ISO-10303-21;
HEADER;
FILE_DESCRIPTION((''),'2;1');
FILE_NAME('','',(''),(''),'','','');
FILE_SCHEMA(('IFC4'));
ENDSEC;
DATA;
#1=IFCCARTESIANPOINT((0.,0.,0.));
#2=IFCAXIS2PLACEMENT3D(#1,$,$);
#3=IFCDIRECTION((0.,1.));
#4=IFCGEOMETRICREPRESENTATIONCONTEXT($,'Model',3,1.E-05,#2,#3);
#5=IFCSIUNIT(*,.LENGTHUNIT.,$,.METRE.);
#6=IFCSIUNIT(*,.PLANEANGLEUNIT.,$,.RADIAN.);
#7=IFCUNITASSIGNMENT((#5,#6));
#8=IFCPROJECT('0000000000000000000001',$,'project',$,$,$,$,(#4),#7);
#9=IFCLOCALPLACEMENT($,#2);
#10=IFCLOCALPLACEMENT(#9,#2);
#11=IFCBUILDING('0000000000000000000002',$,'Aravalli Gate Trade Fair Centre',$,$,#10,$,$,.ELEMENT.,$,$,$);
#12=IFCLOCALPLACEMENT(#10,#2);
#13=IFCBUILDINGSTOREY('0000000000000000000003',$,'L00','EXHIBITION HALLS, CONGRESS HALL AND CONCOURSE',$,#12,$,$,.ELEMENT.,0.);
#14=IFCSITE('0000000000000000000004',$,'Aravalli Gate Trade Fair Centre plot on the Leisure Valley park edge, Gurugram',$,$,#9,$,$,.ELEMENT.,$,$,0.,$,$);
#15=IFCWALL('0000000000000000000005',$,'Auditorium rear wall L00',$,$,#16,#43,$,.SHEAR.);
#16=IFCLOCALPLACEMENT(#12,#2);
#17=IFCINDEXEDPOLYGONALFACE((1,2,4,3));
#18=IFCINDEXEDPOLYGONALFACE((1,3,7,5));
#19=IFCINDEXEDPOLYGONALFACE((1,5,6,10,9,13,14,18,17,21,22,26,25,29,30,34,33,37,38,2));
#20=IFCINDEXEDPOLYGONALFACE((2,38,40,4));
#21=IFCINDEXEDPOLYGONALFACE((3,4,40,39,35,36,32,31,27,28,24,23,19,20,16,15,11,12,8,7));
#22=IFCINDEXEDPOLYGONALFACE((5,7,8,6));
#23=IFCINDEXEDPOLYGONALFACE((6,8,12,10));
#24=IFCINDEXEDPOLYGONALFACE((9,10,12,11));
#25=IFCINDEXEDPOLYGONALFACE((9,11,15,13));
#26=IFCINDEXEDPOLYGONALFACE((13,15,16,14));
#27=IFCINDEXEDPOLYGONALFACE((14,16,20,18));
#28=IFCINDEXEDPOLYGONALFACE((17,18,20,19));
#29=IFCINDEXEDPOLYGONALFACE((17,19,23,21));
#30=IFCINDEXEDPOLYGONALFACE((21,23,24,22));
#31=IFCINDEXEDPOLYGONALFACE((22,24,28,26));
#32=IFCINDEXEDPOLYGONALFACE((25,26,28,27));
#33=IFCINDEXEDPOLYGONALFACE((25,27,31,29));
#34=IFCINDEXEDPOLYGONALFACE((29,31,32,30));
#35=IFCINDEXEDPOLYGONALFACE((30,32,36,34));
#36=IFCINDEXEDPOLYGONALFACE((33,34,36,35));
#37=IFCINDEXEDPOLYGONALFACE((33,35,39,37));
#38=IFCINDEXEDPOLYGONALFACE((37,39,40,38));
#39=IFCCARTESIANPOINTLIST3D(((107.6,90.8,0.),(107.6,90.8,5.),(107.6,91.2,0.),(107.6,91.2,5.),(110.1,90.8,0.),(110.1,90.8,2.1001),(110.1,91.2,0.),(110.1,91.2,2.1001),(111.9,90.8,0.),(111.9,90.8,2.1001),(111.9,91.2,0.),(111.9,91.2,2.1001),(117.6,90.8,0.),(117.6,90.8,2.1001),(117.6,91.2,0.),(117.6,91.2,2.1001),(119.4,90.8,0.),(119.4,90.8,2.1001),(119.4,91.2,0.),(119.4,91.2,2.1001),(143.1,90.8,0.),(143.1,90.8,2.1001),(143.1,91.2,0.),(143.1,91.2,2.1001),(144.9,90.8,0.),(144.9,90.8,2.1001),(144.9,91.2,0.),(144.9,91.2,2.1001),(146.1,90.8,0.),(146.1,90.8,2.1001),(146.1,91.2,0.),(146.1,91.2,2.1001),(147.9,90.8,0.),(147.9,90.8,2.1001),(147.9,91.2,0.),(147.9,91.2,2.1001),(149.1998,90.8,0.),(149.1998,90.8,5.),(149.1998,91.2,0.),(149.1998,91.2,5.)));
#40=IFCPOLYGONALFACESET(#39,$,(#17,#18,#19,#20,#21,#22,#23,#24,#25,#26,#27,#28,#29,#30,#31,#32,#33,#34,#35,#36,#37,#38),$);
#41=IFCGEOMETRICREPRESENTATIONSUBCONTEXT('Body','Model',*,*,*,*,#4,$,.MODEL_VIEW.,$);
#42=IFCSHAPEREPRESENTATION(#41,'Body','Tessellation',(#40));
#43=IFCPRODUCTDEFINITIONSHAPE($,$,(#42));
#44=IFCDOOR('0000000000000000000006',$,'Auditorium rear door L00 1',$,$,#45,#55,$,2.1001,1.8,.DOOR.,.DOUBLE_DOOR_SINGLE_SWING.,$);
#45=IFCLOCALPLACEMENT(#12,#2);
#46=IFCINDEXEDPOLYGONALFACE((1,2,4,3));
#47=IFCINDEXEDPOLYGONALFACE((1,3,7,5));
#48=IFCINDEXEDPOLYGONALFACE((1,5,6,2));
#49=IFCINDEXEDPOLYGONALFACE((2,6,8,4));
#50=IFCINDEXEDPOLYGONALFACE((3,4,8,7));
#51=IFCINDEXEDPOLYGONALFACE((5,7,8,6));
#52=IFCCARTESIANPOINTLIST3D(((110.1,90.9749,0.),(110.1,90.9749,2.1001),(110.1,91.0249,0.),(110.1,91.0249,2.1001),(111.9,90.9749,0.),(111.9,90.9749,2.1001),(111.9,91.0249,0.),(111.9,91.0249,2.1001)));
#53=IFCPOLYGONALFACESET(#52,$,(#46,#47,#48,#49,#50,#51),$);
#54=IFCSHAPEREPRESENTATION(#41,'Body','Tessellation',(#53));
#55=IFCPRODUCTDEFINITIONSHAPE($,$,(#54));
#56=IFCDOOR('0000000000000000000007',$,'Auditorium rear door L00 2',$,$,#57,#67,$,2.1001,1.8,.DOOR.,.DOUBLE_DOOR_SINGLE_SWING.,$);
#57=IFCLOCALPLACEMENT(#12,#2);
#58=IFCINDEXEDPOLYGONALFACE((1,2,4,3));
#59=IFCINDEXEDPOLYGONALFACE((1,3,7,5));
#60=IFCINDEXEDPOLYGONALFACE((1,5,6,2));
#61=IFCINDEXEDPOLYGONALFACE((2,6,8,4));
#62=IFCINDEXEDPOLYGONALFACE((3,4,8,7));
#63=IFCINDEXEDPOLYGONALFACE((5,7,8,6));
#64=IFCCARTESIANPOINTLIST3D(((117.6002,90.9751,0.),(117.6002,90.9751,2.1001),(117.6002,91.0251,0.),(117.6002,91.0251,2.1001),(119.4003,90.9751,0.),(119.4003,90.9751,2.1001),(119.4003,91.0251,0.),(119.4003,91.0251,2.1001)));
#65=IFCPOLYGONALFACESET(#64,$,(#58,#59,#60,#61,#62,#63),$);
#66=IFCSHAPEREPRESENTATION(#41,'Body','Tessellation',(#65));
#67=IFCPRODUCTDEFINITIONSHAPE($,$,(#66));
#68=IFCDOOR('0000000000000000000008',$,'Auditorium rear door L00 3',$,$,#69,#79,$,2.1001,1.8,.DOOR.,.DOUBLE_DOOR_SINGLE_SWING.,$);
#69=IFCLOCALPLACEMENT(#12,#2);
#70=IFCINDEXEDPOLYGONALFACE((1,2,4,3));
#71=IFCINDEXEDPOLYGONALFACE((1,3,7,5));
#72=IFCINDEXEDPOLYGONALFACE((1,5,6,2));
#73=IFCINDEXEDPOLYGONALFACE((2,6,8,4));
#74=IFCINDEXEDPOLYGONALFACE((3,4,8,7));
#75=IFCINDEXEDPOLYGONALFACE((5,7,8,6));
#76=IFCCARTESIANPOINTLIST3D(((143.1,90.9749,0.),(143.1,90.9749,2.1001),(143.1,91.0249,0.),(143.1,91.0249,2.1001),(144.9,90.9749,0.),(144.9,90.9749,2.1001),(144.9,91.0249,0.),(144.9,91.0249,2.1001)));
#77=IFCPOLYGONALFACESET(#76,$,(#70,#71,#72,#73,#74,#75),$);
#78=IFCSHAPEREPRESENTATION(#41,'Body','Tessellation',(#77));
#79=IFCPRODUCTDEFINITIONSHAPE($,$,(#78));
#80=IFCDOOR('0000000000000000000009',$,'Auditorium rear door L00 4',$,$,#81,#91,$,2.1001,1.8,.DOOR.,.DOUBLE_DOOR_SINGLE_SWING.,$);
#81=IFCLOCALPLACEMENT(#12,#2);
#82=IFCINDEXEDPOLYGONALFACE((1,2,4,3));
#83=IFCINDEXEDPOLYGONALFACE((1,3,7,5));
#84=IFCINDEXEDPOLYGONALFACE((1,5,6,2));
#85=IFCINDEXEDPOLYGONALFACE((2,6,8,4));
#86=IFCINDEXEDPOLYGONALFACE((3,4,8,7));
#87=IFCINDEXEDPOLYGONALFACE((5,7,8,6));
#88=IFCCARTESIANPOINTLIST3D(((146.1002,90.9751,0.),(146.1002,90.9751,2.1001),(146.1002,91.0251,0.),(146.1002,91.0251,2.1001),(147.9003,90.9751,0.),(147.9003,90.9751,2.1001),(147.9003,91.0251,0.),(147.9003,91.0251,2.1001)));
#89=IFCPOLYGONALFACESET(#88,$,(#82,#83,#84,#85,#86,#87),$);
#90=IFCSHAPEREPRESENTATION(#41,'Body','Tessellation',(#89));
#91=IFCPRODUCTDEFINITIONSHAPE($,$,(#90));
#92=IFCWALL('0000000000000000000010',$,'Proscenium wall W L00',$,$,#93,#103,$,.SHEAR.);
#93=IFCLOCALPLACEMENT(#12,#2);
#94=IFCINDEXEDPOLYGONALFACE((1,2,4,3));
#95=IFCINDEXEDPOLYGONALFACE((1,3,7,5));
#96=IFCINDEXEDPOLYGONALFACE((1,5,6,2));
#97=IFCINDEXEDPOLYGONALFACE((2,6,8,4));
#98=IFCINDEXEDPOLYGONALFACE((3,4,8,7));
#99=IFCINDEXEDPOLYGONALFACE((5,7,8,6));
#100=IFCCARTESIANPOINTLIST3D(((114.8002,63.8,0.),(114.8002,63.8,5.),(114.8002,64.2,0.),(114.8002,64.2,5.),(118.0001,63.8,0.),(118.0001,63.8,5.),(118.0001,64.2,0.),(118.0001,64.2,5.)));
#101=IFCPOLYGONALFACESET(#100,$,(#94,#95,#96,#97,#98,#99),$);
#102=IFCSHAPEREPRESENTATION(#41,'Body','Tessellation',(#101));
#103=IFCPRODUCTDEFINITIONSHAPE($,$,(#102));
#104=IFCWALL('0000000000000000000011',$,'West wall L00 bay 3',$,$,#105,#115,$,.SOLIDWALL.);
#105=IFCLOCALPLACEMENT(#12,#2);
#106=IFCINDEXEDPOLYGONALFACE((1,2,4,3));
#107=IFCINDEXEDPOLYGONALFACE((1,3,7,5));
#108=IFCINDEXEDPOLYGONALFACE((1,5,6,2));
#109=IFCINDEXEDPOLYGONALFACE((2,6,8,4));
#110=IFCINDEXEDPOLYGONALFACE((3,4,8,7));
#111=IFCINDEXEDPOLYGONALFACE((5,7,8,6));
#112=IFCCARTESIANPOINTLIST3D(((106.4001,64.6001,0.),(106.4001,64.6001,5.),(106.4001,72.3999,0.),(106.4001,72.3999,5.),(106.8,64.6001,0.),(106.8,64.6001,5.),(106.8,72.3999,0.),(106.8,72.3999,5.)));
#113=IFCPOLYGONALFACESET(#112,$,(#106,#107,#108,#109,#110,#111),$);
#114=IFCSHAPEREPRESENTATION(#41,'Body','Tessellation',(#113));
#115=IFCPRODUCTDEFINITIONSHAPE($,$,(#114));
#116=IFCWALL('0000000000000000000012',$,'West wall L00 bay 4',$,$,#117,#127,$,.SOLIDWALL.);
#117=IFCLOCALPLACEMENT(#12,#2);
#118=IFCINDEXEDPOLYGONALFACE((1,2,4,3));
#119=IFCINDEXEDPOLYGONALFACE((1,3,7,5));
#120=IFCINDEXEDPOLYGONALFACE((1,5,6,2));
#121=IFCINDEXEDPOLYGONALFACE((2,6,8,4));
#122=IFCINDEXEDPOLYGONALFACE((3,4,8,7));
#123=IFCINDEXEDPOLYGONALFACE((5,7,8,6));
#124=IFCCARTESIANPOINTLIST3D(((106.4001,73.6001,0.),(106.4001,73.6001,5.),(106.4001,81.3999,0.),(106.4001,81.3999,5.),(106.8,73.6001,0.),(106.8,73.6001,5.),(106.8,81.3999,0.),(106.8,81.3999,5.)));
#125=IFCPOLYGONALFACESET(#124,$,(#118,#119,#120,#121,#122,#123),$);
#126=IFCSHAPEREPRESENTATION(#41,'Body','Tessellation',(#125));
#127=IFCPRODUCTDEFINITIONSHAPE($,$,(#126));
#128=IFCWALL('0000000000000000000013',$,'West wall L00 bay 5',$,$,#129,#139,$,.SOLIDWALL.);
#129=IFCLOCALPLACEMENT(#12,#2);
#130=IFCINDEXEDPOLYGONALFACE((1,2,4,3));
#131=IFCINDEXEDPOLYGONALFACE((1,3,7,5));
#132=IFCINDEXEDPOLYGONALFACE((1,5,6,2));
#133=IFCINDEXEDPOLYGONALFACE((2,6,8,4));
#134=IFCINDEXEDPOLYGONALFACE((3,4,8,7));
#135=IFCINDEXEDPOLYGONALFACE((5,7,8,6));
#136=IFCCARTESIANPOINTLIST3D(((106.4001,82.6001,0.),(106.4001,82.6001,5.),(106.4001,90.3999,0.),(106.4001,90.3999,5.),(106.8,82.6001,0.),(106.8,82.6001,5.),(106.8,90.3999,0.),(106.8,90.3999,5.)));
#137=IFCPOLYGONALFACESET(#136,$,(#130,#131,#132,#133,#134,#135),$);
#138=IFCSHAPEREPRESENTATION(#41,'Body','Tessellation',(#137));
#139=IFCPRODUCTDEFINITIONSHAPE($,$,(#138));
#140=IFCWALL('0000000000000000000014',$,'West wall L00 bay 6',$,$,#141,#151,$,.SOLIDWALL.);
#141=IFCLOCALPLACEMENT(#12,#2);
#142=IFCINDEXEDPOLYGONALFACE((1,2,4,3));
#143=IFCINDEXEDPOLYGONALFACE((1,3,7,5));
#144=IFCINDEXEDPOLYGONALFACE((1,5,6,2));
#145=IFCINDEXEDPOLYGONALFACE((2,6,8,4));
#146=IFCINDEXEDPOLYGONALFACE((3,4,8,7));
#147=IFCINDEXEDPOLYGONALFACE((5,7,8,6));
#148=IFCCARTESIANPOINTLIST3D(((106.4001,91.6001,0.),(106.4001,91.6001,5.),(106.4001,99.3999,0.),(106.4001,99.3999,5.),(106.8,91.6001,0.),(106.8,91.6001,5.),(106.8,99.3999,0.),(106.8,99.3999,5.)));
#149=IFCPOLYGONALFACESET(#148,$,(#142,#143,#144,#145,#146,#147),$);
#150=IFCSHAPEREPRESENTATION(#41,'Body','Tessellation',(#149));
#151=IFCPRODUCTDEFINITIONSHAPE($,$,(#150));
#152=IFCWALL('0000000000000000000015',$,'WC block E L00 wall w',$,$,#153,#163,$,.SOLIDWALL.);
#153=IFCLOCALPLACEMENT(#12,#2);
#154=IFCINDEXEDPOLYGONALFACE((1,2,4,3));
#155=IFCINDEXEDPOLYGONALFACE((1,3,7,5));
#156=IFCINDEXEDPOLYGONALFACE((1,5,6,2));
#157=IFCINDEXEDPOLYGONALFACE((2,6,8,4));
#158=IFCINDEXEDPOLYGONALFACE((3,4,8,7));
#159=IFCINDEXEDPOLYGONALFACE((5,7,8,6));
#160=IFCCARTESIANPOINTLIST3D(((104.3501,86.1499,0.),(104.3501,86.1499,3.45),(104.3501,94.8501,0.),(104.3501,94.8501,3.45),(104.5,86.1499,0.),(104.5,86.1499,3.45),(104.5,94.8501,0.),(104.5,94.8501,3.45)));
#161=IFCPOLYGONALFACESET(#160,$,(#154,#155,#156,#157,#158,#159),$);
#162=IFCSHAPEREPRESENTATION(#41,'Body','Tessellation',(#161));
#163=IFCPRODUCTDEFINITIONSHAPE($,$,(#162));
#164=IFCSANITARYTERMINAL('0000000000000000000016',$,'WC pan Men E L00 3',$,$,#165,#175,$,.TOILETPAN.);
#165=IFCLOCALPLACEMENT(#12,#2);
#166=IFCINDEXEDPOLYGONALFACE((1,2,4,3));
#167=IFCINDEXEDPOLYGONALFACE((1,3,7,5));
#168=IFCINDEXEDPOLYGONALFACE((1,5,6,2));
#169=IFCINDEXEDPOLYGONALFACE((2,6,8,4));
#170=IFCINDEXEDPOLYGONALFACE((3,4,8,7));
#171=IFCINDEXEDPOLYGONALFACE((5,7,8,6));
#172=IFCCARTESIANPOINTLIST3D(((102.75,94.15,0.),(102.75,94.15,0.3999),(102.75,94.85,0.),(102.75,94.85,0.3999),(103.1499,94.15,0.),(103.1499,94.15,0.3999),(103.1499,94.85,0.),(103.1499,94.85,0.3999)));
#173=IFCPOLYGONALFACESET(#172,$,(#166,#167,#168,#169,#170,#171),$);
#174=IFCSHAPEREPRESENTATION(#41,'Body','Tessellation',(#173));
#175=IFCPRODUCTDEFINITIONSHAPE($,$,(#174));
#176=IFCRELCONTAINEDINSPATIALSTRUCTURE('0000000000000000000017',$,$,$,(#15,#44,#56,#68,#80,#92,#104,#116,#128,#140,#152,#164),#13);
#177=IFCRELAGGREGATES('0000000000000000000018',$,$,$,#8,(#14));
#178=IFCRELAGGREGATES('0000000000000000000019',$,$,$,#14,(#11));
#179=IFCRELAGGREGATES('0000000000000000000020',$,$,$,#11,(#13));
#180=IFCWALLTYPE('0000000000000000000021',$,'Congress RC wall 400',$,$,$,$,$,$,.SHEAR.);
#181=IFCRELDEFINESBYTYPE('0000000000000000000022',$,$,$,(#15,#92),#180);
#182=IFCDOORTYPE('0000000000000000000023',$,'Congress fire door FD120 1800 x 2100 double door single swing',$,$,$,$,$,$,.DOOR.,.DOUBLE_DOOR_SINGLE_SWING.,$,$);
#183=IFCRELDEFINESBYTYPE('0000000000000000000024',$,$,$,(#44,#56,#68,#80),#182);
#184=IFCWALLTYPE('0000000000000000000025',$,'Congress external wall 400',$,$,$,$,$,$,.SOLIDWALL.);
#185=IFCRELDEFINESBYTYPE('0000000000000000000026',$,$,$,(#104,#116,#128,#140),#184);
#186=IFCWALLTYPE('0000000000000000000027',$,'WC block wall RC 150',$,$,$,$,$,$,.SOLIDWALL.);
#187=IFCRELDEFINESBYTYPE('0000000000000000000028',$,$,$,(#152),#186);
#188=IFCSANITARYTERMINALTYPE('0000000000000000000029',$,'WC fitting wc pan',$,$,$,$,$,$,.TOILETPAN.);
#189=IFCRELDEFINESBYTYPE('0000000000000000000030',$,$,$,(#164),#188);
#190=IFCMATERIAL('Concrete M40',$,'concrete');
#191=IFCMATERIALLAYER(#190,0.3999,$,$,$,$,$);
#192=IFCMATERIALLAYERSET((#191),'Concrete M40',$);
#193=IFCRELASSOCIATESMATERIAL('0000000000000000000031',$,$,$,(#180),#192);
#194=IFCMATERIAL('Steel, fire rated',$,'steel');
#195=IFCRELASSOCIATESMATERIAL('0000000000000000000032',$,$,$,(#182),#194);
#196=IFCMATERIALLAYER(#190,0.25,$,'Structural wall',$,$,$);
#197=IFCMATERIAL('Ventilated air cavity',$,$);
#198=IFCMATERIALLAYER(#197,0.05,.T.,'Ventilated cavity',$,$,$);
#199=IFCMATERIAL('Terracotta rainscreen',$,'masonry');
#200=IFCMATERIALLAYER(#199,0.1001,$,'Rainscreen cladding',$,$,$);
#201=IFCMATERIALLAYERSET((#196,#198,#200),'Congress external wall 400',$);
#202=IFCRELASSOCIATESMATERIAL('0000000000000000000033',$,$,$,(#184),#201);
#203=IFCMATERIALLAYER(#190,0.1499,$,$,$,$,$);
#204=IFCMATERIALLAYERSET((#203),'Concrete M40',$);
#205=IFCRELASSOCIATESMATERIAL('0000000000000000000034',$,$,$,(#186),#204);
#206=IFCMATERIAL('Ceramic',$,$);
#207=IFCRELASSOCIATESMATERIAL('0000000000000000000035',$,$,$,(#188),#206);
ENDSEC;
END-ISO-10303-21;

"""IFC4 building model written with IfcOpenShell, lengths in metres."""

from ifc_helpers import new_model, si_unit, direction, frame, frame_2d, origin, origin_2d, place, context, subcontext, project, spatial, rectangle, extrude, material, layer, layer_set, type_object, element, fill, save


model = new_model("IFC4")

# Units and contexts
model_context = context("Model", 3, precision=1e-05, world=origin(), true_north=direction((0.0, 1.0)))
body_context = subcontext(model_context, "Body", "Model", "MODEL_VIEW")
ifc_project = project(units=[si_unit("LENGTHUNIT", "METRE"), si_unit("PLANEANGLEUNIT", "RADIAN")], contexts=[model_context])

# Site, building, storey
site_placement = place(None, origin())
site = spatial("IfcSite", under=ifc_project, at=site_placement, Name="Aravalli Gate Trade Fair Centre plot on the Leisure Valley park edge, Gurugram", CompositionType="ELEMENT", RefElevation=0.0)
building_placement = place(site_placement, origin())
building = spatial("IfcBuilding", under=site, at=building_placement, Name="Aravalli Gate Trade Fair Centre", CompositionType="ELEMENT")
storey_placement = place(building_placement, origin())
storey = spatial("IfcBuildingStorey", under=building, at=storey_placement, Name="L00", Description="EXHIBITION HALLS, CONGRESS HALL AND CONCOURSE", CompositionType="ELEMENT", Elevation=0.0)

# Shared definitions
ifc_material_1 = material(Name="Concrete M40", Category="concrete")

# Wall, openings, doors
ifc_layer_1 = layer(ifc_material_1, 0.3999)
ifc_layer_set_1 = layer_set([ifc_layer_1], Name="Concrete M40")
wall_type_1 = type_object("IfcWallType", Name="Congress RC wall 400", PredefinedType="SHEAR", material=ifc_layer_set_1)
wall_1_placement = place(storey_placement, frame((107.6001, 91.0, 0.0), z_axis=(0.0, 0.0, 1.0), x_axis=(1.0, 0.0, 0.0)))
wall_1 = element("IfcWall", 1, at=wall_1_placement, inside=storey, type_object=wall_type_1, Name="Auditorium rear wall L00", PredefinedType="SHEAR", context=body_context, shape_type="SweptSolid", body=[
    extrude(rectangle(XDim=41.5999, YDim=0.3999, at=frame_2d((20.7998, 0.0))), origin(), (0.0, 0.0, 1.0), 5.0),
])
opening_1_placement = place(wall_1_placement, frame((2.5, 0.0, 0.0)))
opening_1 = element("IfcOpeningElement", 2, at=opening_1_placement, cuts=wall_1, PredefinedType="OPENING", context=body_context, shape_type="SweptSolid", body=[
    extrude(rectangle(XDim=1.8, YDim=2.1001, at=frame_2d((0.8999, 1.05))), frame((0.0, 0.21, 0.0), z_axis=(0.0, -1.0, 0.0), x_axis=(1.0, 0.0, 0.0)), (0.0, 0.0, 1.0), 0.4199),
])
opening_2_placement = place(wall_1_placement, frame((10.0, 0.0, 0.0)))
opening_2 = element("IfcOpeningElement", 3, at=opening_2_placement, cuts=wall_1, PredefinedType="OPENING", context=body_context, shape_type="SweptSolid", body=[
    extrude(rectangle(XDim=1.8, YDim=2.1001, at=frame_2d((0.8999, 1.05))), frame((0.0, 0.21, 0.0), z_axis=(0.0, -1.0, 0.0), x_axis=(1.0, 0.0, 0.0)), (0.0, 0.0, 1.0), 0.4199),
])
opening_3_placement = place(wall_1_placement, frame((35.5, 0.0, 0.0)))
opening_3 = element("IfcOpeningElement", 4, at=opening_3_placement, cuts=wall_1, PredefinedType="OPENING", context=body_context, shape_type="SweptSolid", body=[
    extrude(rectangle(XDim=1.8, YDim=2.1001, at=frame_2d((0.8999, 1.05))), frame((0.0, 0.21, 0.0), z_axis=(0.0, -1.0, 0.0), x_axis=(1.0, 0.0, 0.0)), (0.0, 0.0, 1.0), 0.4199),
])
opening_4_placement = place(wall_1_placement, frame((38.5, 0.0, 0.0)))
opening_4 = element("IfcOpeningElement", 5, at=opening_4_placement, cuts=wall_1, PredefinedType="OPENING", context=body_context, shape_type="SweptSolid", body=[
    extrude(rectangle(XDim=1.8, YDim=2.1001, at=frame_2d((0.8999, 1.05))), frame((0.0, 0.21, 0.0), z_axis=(0.0, -1.0, 0.0), x_axis=(1.0, 0.0, 0.0)), (0.0, 0.0, 1.0), 0.4199),
])
ifc_material_2 = material(Name="Steel, fire rated", Category="steel")
door_type = type_object("IfcDoorType", Name="Congress fire door FD120 1800 x 2100 double door single swing", OperationType="DOUBLE_DOOR_SINGLE_SWING", PredefinedType="DOOR", material=ifc_material_2)
door_1_placement = place(opening_1_placement, origin())
door_1 = element("IfcDoor", 6, at=door_1_placement, inside=storey, type_object=door_type, Name="Auditorium rear door L00 1", OperationType="DOUBLE_DOOR_SINGLE_SWING", OverallHeight=2.1001, OverallWidth=1.8, PredefinedType="DOOR", context=body_context, shape_type="SweptSolid", body=[
    extrude(rectangle(XDim=1.8, YDim=2.1001, at=frame_2d((0.8999, 1.05))), frame((0.0, 0.0249, 0.0), z_axis=(0.0, -1.0, 0.0), x_axis=(1.0, 0.0, 0.0)), (0.0, 0.0, 1.0), 0.05),
])
fill(opening_1, door_1)
door_2_placement = place(opening_2_placement, frame((1.8, 0.0, 0.0), z_axis=(0.0, 0.0, 1.0), x_axis=(-1.0, 0.0, 0.0)))
door_2 = element("IfcDoor", 7, at=door_2_placement, inside=storey, type_object=door_type, Name="Auditorium rear door L00 2", OperationType="DOUBLE_DOOR_SINGLE_SWING", OverallHeight=2.1001, OverallWidth=1.8, PredefinedType="DOOR", context=body_context, shape_type="SweptSolid", body=[
    extrude(rectangle(XDim=1.8, YDim=2.1001, at=frame_2d((0.8999, 1.05))), frame((0.0, 0.0249, 0.0), z_axis=(0.0, -1.0, 0.0), x_axis=(1.0, 0.0, 0.0)), (0.0, 0.0, 1.0), 0.05),
])
fill(opening_2, door_2)
door_3_placement = place(opening_3_placement, origin())
door_3 = element("IfcDoor", 8, at=door_3_placement, inside=storey, type_object=door_type, Name="Auditorium rear door L00 3", OperationType="DOUBLE_DOOR_SINGLE_SWING", OverallHeight=2.1001, OverallWidth=1.8, PredefinedType="DOOR", context=body_context, shape_type="SweptSolid", body=[
    extrude(rectangle(XDim=1.8, YDim=2.1001, at=frame_2d((0.8999, 1.05))), frame((0.0, 0.0249, 0.0), z_axis=(0.0, -1.0, 0.0), x_axis=(1.0, 0.0, 0.0)), (0.0, 0.0, 1.0), 0.05),
])
fill(opening_3, door_3)
door_4_placement = place(opening_4_placement, frame((1.8, 0.0, 0.0), z_axis=(0.0, 0.0, 1.0), x_axis=(-1.0, 0.0, 0.0)))
door_4 = element("IfcDoor", 9, at=door_4_placement, inside=storey, type_object=door_type, Name="Auditorium rear door L00 4", OperationType="DOUBLE_DOOR_SINGLE_SWING", OverallHeight=2.1001, OverallWidth=1.8, PredefinedType="DOOR", context=body_context, shape_type="SweptSolid", body=[
    extrude(rectangle(XDim=1.8, YDim=2.1001, at=frame_2d((0.8999, 1.05))), frame((0.0, 0.0249, 0.0), z_axis=(0.0, -1.0, 0.0), x_axis=(1.0, 0.0, 0.0)), (0.0, 0.0, 1.0), 0.05),
])
fill(opening_4, door_4)

# Walls
wall_2_placement = place(storey_placement, frame((114.8, 64.0, 0.0), z_axis=(0.0, 0.0, 1.0), x_axis=(1.0, 0.0, 0.0)))
element("IfcWall", 10, at=wall_2_placement, inside=storey, type_object=wall_type_1, Name="Proscenium wall W L00", PredefinedType="SHEAR", context=body_context, shape_type="SweptSolid", body=[
    extrude(rectangle(XDim=3.2, YDim=0.3999, at=frame_2d((1.6001, 0.0))), origin(), (0.0, 0.0, 1.0), 5.0),
])
ifc_layer_2 = layer(ifc_material_1, 0.25, Name="Structural wall")
ifc_material_3 = material(Name="Ventilated air cavity")
ifc_layer_3 = layer(ifc_material_3, 0.05, ventilated=True, Name="Ventilated cavity")
ifc_material_4 = material(Name="Terracotta rainscreen", Category="masonry")
ifc_layer_4 = layer(ifc_material_4, 0.1001, Name="Rainscreen cladding")
ifc_layer_set_2 = layer_set([ifc_layer_2, ifc_layer_3, ifc_layer_4], Name="Congress external wall 400")
wall_type_2 = type_object("IfcWallType", Name="Congress external wall 400", PredefinedType="SOLIDWALL", material=ifc_layer_set_2)
for number, where, z_axis, x_axis, name in (
    (11, (106.6001, 64.6001, 0.0), (0.0, 0.0, 1.0), (0.0, 1.0, 0.0), "West wall L00 bay 3"),
    (12, (106.6001, 73.6001, 0.0), (0.0, 0.0, 1.0), (0.0, 1.0, 0.0), "West wall L00 bay 4"),
    (13, (106.6001, 82.6001, 0.0), (0.0, 0.0, 1.0), (0.0, 1.0, 0.0), "West wall L00 bay 5"),
    (14, (106.6001, 91.6001, 0.0), (0.0, 0.0, 1.0), (0.0, 1.0, 0.0), "West wall L00 bay 6"),
):
    element("IfcWall", number, at=place(storey_placement, frame(where, z_axis=z_axis, x_axis=x_axis)), inside=storey, type_object=wall_type_2, Name=name, PredefinedType="SOLIDWALL", context=body_context, shape_type="SweptSolid", body=[
        extrude(rectangle(XDim=7.7998, YDim=0.3999, at=frame_2d((3.8999, 0.0))), origin(), (0.0, 0.0, 1.0), 5.0),
    ])
ifc_layer_5 = layer(ifc_material_1, 0.1499)
ifc_layer_set_3 = layer_set([ifc_layer_5], Name="Concrete M40")
wall_type_3 = type_object("IfcWallType", Name="WC block wall RC 150", PredefinedType="SOLIDWALL", material=ifc_layer_set_3)
wall_3_placement = place(storey_placement, frame((104.425, 86.1499, 0.0), z_axis=(0.0, 0.0, 1.0), x_axis=(0.0, 1.0, 0.0)))
element("IfcWall", 15, at=wall_3_placement, inside=storey, type_object=wall_type_3, Name="WC block E L00 wall w", PredefinedType="SOLIDWALL", context=body_context, shape_type="SweptSolid", body=[
    extrude(rectangle(XDim=8.7002, YDim=0.1499, at=frame_2d((4.3501, 0.0))), origin(), (0.0, 0.0, 1.0), 3.45),
])

# Sanitary terminal
ifc_material_5 = material(Name="Ceramic")
sanitary_terminal_type = type_object("IfcSanitaryTerminalType", Name="WC fitting wc pan", PredefinedType="TOILETPAN", material=ifc_material_5)
for number, where, z_axis, x_axis, name in (
    (16, (102.95, 94.5, 0.0), (0.0, 0.0, 1.0), (1.0, 0.0, 0.0), "WC pan Men E L00 3"),
):
    element("IfcSanitaryTerminal", number, at=place(storey_placement, frame(where, z_axis=z_axis, x_axis=x_axis)), inside=storey, type_object=sanitary_terminal_type, Name=name, PredefinedType="TOILETPAN", context=body_context, shape_type="SweptSolid", body=[
        extrude(rectangle(XDim=0.3999, YDim=0.7, at=origin_2d()), origin(), (0.0, 0.0, 1.0), 0.3999),
    ])

save(model, "model.ifc")
